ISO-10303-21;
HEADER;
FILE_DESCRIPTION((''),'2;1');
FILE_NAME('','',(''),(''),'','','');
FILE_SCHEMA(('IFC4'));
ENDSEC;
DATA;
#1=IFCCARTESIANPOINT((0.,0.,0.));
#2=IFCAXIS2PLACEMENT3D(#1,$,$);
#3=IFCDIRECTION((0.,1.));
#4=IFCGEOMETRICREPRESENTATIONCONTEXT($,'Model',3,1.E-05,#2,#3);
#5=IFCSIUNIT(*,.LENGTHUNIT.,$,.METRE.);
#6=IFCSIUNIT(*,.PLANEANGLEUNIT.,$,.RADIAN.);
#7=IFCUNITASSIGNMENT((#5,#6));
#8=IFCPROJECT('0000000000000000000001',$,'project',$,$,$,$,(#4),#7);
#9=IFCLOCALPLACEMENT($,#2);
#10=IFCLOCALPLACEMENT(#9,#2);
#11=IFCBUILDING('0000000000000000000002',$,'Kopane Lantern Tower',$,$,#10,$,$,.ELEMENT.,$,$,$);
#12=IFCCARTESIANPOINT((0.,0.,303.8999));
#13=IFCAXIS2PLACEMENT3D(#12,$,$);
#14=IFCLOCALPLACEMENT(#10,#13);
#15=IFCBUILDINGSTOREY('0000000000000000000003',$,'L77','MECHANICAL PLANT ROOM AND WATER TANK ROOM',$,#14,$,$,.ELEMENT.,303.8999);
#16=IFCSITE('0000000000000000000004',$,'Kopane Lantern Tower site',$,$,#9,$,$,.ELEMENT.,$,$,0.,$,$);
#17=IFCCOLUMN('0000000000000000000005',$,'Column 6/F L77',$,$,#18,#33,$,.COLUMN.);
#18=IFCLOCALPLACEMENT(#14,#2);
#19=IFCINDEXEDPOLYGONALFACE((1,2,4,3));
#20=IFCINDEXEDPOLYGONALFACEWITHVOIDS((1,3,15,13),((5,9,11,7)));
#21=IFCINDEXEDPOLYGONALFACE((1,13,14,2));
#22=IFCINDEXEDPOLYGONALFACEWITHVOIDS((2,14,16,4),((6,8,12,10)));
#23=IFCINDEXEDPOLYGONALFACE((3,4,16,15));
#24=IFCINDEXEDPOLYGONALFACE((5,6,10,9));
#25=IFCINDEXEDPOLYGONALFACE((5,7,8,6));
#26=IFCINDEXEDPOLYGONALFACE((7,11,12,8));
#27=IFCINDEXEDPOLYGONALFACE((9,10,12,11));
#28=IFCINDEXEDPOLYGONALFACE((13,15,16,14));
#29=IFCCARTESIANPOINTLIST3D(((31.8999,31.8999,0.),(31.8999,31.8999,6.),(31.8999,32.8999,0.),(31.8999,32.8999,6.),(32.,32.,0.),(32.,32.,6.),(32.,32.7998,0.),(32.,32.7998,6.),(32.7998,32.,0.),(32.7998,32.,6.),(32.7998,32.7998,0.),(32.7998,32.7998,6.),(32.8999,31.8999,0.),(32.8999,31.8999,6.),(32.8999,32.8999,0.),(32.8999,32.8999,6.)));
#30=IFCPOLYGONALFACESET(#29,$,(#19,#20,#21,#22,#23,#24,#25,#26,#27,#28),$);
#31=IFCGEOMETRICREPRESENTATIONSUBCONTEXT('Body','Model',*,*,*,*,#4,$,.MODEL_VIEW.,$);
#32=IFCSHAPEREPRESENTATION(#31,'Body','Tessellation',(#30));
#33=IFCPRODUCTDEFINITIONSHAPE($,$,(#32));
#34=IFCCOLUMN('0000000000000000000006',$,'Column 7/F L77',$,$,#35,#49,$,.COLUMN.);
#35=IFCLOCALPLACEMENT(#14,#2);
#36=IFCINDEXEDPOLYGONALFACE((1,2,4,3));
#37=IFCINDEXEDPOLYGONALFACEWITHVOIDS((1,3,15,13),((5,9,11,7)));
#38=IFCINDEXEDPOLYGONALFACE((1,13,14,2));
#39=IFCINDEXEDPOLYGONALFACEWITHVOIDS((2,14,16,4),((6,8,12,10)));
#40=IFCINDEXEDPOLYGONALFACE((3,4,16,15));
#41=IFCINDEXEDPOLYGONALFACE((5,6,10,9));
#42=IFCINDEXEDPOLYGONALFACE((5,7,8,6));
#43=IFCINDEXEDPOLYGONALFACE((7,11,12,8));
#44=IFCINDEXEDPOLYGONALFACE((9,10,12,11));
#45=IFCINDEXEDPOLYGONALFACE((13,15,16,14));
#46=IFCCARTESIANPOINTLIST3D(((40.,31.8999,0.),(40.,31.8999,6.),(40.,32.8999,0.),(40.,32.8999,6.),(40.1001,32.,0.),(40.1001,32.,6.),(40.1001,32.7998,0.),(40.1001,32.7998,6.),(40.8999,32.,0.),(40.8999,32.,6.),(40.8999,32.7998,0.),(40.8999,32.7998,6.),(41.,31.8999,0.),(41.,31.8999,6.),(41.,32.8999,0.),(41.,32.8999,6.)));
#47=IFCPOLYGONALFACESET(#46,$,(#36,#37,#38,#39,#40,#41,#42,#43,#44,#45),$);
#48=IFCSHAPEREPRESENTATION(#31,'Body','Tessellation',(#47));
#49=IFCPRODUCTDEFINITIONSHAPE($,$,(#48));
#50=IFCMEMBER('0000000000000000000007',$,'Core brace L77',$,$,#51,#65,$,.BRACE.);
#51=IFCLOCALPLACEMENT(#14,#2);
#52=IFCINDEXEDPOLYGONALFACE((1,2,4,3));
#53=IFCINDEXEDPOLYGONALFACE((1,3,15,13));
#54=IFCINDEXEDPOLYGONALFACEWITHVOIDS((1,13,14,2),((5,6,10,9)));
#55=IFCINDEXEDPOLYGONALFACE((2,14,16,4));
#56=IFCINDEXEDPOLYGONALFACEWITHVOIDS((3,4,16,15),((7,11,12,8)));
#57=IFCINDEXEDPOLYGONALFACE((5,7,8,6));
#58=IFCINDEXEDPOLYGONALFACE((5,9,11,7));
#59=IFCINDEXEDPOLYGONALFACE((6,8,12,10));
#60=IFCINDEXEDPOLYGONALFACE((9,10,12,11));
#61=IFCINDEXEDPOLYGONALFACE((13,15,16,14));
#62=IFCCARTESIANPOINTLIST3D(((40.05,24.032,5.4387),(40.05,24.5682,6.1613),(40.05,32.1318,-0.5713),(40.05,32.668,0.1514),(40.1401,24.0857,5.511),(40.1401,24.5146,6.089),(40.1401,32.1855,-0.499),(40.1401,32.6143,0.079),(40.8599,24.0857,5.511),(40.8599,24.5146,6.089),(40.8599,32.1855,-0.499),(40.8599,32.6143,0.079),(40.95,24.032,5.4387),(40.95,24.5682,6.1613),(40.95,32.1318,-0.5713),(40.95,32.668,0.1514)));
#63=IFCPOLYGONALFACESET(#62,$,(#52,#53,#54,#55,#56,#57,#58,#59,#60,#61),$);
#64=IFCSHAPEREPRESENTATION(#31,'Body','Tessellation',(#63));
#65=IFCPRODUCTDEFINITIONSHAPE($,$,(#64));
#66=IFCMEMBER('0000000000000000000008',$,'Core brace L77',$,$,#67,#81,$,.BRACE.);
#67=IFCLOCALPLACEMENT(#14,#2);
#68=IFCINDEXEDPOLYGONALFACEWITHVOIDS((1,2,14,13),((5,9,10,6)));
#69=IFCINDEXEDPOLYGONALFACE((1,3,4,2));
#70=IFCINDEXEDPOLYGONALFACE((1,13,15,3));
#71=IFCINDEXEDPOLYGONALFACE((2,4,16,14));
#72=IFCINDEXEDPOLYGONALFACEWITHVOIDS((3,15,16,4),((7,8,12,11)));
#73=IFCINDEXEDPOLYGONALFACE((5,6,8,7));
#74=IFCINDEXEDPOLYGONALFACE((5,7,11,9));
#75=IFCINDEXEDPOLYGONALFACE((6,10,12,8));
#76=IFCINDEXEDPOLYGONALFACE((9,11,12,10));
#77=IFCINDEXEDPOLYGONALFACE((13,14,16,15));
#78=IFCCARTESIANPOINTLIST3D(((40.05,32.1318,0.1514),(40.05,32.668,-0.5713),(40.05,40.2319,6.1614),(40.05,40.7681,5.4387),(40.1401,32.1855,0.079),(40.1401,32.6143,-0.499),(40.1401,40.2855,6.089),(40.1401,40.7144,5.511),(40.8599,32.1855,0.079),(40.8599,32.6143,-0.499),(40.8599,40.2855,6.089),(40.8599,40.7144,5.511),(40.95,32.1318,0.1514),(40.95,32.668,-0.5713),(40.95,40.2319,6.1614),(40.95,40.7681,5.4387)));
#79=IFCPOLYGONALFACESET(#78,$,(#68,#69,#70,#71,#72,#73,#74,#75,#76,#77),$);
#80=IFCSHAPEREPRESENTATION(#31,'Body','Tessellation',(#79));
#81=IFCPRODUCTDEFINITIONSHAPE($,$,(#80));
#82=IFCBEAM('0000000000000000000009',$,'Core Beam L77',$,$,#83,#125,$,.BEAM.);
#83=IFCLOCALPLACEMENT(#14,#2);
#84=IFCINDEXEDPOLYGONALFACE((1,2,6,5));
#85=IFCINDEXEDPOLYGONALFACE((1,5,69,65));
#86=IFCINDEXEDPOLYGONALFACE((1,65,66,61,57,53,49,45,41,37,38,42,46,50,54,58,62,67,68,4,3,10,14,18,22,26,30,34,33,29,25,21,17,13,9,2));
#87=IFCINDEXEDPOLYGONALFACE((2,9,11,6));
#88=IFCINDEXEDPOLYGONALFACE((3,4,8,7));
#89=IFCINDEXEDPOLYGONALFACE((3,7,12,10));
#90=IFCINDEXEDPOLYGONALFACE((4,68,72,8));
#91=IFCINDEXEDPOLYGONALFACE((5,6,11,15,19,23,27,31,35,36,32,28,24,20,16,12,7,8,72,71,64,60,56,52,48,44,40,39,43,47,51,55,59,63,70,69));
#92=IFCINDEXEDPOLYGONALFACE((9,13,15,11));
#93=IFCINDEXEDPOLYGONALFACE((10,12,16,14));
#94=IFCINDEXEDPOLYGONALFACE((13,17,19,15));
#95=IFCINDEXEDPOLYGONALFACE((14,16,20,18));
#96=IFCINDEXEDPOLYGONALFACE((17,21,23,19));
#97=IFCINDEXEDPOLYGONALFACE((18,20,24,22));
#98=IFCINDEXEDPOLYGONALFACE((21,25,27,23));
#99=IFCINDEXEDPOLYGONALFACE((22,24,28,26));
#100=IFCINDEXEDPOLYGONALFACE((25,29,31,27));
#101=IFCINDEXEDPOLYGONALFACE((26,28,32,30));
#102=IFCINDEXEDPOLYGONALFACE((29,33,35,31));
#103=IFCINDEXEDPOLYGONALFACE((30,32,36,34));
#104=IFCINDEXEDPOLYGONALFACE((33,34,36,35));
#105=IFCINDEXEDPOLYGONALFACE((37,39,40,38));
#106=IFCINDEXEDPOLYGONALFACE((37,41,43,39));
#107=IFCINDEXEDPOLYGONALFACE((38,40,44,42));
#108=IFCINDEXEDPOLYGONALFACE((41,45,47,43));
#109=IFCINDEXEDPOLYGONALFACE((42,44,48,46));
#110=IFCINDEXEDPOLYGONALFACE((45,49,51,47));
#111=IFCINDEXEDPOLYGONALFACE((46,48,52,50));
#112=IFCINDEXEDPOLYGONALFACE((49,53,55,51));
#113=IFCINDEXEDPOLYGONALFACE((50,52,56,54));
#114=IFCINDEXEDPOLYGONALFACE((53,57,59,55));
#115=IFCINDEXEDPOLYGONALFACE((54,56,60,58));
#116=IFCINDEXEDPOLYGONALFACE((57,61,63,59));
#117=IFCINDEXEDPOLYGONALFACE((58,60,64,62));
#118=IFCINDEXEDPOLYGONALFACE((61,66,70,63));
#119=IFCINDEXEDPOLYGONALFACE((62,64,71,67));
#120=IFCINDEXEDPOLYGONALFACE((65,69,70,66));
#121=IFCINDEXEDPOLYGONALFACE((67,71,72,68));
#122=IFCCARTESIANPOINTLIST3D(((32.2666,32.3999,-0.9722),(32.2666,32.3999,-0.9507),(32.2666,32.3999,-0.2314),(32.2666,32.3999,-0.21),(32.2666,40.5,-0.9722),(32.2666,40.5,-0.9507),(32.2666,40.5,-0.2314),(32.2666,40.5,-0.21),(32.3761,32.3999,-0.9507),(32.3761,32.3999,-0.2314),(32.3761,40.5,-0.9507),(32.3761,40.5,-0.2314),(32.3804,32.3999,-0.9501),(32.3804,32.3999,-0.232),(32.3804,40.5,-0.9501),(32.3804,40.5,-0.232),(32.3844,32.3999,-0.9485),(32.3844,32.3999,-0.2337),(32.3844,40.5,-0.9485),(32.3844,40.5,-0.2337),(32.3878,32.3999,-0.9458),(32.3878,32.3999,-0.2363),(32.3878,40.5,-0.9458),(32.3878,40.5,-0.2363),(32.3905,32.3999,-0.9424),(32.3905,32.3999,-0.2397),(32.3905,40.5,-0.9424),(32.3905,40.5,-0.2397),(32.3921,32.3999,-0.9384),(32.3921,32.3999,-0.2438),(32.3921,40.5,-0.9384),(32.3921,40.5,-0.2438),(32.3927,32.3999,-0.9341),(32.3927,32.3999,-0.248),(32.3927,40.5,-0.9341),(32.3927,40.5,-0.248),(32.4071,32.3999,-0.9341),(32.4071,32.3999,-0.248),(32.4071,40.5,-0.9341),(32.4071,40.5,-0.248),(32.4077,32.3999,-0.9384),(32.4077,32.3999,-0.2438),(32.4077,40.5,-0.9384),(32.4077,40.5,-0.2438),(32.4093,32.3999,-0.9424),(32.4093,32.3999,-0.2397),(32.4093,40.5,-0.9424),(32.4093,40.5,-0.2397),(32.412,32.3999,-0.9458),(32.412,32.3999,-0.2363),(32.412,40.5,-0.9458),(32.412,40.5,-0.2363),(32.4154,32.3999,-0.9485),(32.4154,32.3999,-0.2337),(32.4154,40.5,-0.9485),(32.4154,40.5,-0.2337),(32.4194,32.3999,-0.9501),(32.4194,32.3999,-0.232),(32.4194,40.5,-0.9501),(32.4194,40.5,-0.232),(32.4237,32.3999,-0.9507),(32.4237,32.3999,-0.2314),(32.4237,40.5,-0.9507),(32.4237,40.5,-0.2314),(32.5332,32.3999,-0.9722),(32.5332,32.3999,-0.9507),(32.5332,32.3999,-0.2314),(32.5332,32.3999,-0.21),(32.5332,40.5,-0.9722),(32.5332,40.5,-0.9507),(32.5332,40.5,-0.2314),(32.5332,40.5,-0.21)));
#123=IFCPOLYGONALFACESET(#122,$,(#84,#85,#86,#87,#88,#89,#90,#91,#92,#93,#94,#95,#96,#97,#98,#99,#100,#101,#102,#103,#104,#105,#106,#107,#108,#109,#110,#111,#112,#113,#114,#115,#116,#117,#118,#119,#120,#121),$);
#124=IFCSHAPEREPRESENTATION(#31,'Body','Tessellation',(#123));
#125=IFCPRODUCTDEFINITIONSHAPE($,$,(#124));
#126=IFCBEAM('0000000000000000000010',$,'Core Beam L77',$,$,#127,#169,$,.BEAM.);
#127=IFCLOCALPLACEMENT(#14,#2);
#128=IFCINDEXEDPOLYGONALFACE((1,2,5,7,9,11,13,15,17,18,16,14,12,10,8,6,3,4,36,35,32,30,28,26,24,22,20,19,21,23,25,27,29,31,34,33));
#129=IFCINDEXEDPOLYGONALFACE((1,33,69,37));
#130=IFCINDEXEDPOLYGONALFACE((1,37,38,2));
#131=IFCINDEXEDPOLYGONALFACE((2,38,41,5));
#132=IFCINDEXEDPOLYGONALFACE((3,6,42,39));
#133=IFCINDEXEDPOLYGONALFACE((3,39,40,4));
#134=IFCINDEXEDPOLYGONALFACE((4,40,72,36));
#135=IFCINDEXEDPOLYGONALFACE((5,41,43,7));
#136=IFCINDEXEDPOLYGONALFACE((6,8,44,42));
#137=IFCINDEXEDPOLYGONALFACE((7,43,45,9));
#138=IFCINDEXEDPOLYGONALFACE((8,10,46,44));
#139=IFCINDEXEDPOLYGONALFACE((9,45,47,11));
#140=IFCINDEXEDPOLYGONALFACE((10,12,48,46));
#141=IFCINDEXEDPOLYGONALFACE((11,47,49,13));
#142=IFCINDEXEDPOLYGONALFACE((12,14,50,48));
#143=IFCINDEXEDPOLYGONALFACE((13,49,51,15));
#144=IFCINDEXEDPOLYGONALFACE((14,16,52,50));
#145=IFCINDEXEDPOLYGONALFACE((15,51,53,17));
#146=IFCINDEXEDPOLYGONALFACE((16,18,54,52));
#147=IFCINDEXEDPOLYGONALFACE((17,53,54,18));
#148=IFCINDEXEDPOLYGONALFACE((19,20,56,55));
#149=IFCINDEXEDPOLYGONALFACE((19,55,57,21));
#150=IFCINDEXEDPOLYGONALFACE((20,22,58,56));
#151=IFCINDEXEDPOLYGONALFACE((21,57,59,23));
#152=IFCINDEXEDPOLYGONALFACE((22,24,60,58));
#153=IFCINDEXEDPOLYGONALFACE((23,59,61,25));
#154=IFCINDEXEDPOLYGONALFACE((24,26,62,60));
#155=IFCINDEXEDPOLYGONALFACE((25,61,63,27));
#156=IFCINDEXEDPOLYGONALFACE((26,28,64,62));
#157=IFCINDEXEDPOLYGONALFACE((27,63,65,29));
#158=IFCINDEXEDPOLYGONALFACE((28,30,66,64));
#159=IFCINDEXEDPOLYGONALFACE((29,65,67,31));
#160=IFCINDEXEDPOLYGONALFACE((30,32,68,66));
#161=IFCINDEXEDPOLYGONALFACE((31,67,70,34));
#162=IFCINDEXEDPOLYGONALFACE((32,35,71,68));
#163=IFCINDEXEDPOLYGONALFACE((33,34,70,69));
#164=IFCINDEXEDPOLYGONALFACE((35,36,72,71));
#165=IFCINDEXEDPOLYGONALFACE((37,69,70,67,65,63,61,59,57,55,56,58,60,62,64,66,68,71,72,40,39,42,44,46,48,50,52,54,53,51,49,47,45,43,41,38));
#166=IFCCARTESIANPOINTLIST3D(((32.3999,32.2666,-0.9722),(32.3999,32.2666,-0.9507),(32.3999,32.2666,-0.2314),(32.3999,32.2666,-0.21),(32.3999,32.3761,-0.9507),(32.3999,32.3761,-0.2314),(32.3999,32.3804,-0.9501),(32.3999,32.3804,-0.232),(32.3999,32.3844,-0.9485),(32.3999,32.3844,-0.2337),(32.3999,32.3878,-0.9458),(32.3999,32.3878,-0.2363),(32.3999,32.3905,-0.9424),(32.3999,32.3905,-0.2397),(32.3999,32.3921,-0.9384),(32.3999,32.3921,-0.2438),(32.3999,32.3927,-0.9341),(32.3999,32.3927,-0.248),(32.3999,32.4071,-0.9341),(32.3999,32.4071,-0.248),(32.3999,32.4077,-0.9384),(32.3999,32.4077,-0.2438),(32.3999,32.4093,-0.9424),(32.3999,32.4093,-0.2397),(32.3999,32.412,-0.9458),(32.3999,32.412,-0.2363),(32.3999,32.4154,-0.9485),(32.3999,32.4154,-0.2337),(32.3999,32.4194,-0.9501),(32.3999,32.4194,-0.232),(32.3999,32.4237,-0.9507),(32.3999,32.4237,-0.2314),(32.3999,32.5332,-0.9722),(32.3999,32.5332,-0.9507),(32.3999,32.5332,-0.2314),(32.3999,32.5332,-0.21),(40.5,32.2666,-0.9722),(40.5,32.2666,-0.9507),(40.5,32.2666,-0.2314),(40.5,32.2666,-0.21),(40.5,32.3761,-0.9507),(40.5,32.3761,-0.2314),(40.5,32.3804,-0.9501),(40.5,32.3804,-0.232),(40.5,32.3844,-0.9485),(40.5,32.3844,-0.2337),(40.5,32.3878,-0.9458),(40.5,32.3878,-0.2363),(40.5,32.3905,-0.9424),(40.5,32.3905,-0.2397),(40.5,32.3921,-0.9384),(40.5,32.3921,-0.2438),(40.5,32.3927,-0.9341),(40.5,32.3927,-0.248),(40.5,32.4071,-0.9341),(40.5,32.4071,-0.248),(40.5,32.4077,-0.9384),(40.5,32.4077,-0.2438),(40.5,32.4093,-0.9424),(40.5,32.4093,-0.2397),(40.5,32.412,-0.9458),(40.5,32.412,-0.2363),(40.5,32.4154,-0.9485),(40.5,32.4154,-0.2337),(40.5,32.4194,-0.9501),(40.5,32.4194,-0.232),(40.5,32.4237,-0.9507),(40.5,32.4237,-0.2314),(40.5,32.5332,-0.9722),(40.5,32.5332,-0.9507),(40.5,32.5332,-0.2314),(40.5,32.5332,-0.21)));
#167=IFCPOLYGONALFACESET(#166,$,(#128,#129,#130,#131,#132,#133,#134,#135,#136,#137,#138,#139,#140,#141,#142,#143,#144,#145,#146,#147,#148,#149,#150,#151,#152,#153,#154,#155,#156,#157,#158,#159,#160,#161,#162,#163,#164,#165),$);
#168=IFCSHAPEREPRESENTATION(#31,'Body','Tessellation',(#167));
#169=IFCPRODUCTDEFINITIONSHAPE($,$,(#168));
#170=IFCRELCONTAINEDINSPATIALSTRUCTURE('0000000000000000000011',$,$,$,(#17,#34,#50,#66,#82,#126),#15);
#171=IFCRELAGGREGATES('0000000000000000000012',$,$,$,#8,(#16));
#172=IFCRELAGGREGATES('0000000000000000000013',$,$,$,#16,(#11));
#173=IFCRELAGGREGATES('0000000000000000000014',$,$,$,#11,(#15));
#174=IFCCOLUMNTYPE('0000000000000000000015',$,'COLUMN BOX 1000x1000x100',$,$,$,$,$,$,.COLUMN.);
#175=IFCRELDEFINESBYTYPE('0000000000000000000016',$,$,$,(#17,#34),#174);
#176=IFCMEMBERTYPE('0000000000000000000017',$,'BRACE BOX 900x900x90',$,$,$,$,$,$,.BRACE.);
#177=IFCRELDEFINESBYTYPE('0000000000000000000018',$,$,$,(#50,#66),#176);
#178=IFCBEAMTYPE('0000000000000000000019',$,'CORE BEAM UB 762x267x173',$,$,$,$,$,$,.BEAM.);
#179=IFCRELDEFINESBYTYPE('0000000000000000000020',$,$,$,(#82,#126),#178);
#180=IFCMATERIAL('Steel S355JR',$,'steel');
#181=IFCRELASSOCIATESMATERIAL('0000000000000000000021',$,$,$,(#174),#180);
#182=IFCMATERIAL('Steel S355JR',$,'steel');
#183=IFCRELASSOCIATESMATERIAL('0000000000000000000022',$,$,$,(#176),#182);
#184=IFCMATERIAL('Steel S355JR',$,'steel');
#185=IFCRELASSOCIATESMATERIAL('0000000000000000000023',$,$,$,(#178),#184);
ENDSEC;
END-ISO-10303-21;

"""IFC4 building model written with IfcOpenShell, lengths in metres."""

from ifc_helpers import new_model, si_unit, direction, frame, origin, origin_2d, place, context, subcontext, project, spatial, hollow_rectangle, i_section, extrude, material, material_profile, profile_set, type_object, element, save


model = new_model("IFC4")

# Units and contexts
model_context = context("Model", 3, precision=1e-05, world=origin(), true_north=direction((0.0, 1.0)))
body_context = subcontext(model_context, "Body", "Model", "MODEL_VIEW")
ifc_project = project(units=[si_unit("LENGTHUNIT", "METRE"), si_unit("PLANEANGLEUNIT", "RADIAN")], contexts=[model_context])

# Site, building, storey
site_placement = place(None, origin())
site = spatial("IfcSite", under=ifc_project, at=site_placement, Name="Kopane Lantern Tower site", CompositionType="ELEMENT", RefElevation=0.0)
building_placement = place(site_placement, origin())
building = spatial("IfcBuilding", under=site, at=building_placement, Name="Kopane Lantern Tower", CompositionType="ELEMENT")
storey_placement = place(building_placement, frame((0.0, 0.0, 303.8999)))
storey = spatial("IfcBuildingStorey", under=building, at=storey_placement, Name="L77", Description="MECHANICAL PLANT ROOM AND WATER TANK ROOM", CompositionType="ELEMENT", Elevation=303.8999)

# Columns
ifc_material_1 = material(Name="Steel S355JR", Category="steel")
ifc_material_profile_1 = material_profile(ifc_material_1, hollow_rectangle(XDim=1.0, YDim=1.0, WallThickness=0.1001, at=origin_2d()), Name="BOX 1000x1000x100")
ifc_profile_set_1 = profile_set([ifc_material_profile_1], Name="Steel S355JR")
column_type = type_object("IfcColumnType", Name="COLUMN BOX 1000x1000x100", PredefinedType="COLUMN", material=ifc_profile_set_1)
for number, where, z_axis, x_axis, name in (
    (1, (32.3999, 32.3999, 0.0), (0.0, 0.0, 1.0), (1.0, 0.0, 0.0), "Column 6/F L77"),
    (2, (40.5, 32.3999, 0.0), (0.0, 0.0, 1.0), (1.0, 0.0, 0.0), "Column 7/F L77"),
):
    element("IfcColumn", number, at=place(storey_placement, frame(where, z_axis=z_axis, x_axis=x_axis)), inside=storey, type_object=column_type, Name=name, PredefinedType="COLUMN", context=body_context, shape_type="SweptSolid", body=[
        extrude(hollow_rectangle(XDim=1.0, YDim=1.0, WallThickness=0.1001, at=origin_2d()), origin(), (0.0, 0.0, 1.0), 6.0),
    ])

# Members
ifc_material_2 = material(Name="Steel S355JR", Category="steel")
ifc_material_profile_2 = material_profile(ifc_material_2, hollow_rectangle(XDim=0.8999, YDim=0.8999, WallThickness=0.0901, at=origin_2d()), Name="BOX 900x900x90")
ifc_profile_set_2 = profile_set([ifc_material_profile_2], Name="Steel S355JR")
member_type = type_object("IfcMemberType", Name="BRACE BOX 900x900x90", PredefinedType="BRACE", material=ifc_profile_set_2)
member_1_placement = place(storey_placement, frame((40.5, 32.3999, -0.21), z_axis=(0.0, -0.803077, 0.595875), x_axis=(1.0, 0.0, 0.0)))
element("IfcMember", 3, at=member_1_placement, inside=storey, type_object=member_type, Name="Core brace L77", PredefinedType="BRACE", context=body_context, shape_type="SweptSolid", body=[
    extrude(hollow_rectangle(XDim=0.8999, YDim=0.8999, WallThickness=0.0901, at=origin_2d()), origin(), (0.0, 0.0, 1.0), 10.0859),
])
member_2_placement = place(storey_placement, frame((40.5, 32.3999, -0.21), z_axis=(0.0, 0.803086, 0.595864), x_axis=(-1.0, 0.0, 0.0)))
element("IfcMember", 4, at=member_2_placement, inside=storey, type_object=member_type, Name="Core brace L77", PredefinedType="BRACE", context=body_context, shape_type="SweptSolid", body=[
    extrude(hollow_rectangle(XDim=0.8999, YDim=0.8999, WallThickness=0.0901, at=origin_2d()), origin(), (0.0, 0.0, 1.0), 10.0862),
])

# Beams
ifc_material_3 = material(Name="Steel S355JR", Category="steel")
ifc_material_profile_3 = material_profile(ifc_material_3, i_section(OverallWidth=0.2666, OverallDepth=0.7622, WebThickness=0.0144, FlangeThickness=0.0215, FilletRadius=0.0166, at=origin_2d()), Name="UB 762x267x173")
ifc_profile_set_3 = profile_set([ifc_material_profile_3], Name="Steel S355JR")
beam_type_1 = type_object("IfcBeamType", Name="CORE BEAM UB 762x267x173", PredefinedType="BEAM", material=ifc_profile_set_3)
for number, where, z_axis, x_axis, name in (
    (5, (32.3999, 32.3999, -0.5911), (0.0, 1.0, 0.0), (-1.0, 0.0, 0.0), "Core Beam L77"),
    (6, (32.3999, 32.3999, -0.5911), (1.0, 0.0, 0.0), (0.0, 1.0, 0.0), "Core Beam L77"),
):
    element("IfcBeam", number, at=place(storey_placement, frame(where, z_axis=z_axis, x_axis=x_axis)), inside=storey, type_object=beam_type_1, Name=name, PredefinedType="BEAM", context=body_context, shape_type="SweptSolid", body=[
        extrude(i_section(OverallWidth=0.2666, OverallDepth=0.7622, WebThickness=0.0144, FlangeThickness=0.0215, FilletRadius=0.0166, at=origin_2d()), origin(), (0.0, 0.0, 1.0), 8.1001),
    ])

save(model, "model.ifc")
